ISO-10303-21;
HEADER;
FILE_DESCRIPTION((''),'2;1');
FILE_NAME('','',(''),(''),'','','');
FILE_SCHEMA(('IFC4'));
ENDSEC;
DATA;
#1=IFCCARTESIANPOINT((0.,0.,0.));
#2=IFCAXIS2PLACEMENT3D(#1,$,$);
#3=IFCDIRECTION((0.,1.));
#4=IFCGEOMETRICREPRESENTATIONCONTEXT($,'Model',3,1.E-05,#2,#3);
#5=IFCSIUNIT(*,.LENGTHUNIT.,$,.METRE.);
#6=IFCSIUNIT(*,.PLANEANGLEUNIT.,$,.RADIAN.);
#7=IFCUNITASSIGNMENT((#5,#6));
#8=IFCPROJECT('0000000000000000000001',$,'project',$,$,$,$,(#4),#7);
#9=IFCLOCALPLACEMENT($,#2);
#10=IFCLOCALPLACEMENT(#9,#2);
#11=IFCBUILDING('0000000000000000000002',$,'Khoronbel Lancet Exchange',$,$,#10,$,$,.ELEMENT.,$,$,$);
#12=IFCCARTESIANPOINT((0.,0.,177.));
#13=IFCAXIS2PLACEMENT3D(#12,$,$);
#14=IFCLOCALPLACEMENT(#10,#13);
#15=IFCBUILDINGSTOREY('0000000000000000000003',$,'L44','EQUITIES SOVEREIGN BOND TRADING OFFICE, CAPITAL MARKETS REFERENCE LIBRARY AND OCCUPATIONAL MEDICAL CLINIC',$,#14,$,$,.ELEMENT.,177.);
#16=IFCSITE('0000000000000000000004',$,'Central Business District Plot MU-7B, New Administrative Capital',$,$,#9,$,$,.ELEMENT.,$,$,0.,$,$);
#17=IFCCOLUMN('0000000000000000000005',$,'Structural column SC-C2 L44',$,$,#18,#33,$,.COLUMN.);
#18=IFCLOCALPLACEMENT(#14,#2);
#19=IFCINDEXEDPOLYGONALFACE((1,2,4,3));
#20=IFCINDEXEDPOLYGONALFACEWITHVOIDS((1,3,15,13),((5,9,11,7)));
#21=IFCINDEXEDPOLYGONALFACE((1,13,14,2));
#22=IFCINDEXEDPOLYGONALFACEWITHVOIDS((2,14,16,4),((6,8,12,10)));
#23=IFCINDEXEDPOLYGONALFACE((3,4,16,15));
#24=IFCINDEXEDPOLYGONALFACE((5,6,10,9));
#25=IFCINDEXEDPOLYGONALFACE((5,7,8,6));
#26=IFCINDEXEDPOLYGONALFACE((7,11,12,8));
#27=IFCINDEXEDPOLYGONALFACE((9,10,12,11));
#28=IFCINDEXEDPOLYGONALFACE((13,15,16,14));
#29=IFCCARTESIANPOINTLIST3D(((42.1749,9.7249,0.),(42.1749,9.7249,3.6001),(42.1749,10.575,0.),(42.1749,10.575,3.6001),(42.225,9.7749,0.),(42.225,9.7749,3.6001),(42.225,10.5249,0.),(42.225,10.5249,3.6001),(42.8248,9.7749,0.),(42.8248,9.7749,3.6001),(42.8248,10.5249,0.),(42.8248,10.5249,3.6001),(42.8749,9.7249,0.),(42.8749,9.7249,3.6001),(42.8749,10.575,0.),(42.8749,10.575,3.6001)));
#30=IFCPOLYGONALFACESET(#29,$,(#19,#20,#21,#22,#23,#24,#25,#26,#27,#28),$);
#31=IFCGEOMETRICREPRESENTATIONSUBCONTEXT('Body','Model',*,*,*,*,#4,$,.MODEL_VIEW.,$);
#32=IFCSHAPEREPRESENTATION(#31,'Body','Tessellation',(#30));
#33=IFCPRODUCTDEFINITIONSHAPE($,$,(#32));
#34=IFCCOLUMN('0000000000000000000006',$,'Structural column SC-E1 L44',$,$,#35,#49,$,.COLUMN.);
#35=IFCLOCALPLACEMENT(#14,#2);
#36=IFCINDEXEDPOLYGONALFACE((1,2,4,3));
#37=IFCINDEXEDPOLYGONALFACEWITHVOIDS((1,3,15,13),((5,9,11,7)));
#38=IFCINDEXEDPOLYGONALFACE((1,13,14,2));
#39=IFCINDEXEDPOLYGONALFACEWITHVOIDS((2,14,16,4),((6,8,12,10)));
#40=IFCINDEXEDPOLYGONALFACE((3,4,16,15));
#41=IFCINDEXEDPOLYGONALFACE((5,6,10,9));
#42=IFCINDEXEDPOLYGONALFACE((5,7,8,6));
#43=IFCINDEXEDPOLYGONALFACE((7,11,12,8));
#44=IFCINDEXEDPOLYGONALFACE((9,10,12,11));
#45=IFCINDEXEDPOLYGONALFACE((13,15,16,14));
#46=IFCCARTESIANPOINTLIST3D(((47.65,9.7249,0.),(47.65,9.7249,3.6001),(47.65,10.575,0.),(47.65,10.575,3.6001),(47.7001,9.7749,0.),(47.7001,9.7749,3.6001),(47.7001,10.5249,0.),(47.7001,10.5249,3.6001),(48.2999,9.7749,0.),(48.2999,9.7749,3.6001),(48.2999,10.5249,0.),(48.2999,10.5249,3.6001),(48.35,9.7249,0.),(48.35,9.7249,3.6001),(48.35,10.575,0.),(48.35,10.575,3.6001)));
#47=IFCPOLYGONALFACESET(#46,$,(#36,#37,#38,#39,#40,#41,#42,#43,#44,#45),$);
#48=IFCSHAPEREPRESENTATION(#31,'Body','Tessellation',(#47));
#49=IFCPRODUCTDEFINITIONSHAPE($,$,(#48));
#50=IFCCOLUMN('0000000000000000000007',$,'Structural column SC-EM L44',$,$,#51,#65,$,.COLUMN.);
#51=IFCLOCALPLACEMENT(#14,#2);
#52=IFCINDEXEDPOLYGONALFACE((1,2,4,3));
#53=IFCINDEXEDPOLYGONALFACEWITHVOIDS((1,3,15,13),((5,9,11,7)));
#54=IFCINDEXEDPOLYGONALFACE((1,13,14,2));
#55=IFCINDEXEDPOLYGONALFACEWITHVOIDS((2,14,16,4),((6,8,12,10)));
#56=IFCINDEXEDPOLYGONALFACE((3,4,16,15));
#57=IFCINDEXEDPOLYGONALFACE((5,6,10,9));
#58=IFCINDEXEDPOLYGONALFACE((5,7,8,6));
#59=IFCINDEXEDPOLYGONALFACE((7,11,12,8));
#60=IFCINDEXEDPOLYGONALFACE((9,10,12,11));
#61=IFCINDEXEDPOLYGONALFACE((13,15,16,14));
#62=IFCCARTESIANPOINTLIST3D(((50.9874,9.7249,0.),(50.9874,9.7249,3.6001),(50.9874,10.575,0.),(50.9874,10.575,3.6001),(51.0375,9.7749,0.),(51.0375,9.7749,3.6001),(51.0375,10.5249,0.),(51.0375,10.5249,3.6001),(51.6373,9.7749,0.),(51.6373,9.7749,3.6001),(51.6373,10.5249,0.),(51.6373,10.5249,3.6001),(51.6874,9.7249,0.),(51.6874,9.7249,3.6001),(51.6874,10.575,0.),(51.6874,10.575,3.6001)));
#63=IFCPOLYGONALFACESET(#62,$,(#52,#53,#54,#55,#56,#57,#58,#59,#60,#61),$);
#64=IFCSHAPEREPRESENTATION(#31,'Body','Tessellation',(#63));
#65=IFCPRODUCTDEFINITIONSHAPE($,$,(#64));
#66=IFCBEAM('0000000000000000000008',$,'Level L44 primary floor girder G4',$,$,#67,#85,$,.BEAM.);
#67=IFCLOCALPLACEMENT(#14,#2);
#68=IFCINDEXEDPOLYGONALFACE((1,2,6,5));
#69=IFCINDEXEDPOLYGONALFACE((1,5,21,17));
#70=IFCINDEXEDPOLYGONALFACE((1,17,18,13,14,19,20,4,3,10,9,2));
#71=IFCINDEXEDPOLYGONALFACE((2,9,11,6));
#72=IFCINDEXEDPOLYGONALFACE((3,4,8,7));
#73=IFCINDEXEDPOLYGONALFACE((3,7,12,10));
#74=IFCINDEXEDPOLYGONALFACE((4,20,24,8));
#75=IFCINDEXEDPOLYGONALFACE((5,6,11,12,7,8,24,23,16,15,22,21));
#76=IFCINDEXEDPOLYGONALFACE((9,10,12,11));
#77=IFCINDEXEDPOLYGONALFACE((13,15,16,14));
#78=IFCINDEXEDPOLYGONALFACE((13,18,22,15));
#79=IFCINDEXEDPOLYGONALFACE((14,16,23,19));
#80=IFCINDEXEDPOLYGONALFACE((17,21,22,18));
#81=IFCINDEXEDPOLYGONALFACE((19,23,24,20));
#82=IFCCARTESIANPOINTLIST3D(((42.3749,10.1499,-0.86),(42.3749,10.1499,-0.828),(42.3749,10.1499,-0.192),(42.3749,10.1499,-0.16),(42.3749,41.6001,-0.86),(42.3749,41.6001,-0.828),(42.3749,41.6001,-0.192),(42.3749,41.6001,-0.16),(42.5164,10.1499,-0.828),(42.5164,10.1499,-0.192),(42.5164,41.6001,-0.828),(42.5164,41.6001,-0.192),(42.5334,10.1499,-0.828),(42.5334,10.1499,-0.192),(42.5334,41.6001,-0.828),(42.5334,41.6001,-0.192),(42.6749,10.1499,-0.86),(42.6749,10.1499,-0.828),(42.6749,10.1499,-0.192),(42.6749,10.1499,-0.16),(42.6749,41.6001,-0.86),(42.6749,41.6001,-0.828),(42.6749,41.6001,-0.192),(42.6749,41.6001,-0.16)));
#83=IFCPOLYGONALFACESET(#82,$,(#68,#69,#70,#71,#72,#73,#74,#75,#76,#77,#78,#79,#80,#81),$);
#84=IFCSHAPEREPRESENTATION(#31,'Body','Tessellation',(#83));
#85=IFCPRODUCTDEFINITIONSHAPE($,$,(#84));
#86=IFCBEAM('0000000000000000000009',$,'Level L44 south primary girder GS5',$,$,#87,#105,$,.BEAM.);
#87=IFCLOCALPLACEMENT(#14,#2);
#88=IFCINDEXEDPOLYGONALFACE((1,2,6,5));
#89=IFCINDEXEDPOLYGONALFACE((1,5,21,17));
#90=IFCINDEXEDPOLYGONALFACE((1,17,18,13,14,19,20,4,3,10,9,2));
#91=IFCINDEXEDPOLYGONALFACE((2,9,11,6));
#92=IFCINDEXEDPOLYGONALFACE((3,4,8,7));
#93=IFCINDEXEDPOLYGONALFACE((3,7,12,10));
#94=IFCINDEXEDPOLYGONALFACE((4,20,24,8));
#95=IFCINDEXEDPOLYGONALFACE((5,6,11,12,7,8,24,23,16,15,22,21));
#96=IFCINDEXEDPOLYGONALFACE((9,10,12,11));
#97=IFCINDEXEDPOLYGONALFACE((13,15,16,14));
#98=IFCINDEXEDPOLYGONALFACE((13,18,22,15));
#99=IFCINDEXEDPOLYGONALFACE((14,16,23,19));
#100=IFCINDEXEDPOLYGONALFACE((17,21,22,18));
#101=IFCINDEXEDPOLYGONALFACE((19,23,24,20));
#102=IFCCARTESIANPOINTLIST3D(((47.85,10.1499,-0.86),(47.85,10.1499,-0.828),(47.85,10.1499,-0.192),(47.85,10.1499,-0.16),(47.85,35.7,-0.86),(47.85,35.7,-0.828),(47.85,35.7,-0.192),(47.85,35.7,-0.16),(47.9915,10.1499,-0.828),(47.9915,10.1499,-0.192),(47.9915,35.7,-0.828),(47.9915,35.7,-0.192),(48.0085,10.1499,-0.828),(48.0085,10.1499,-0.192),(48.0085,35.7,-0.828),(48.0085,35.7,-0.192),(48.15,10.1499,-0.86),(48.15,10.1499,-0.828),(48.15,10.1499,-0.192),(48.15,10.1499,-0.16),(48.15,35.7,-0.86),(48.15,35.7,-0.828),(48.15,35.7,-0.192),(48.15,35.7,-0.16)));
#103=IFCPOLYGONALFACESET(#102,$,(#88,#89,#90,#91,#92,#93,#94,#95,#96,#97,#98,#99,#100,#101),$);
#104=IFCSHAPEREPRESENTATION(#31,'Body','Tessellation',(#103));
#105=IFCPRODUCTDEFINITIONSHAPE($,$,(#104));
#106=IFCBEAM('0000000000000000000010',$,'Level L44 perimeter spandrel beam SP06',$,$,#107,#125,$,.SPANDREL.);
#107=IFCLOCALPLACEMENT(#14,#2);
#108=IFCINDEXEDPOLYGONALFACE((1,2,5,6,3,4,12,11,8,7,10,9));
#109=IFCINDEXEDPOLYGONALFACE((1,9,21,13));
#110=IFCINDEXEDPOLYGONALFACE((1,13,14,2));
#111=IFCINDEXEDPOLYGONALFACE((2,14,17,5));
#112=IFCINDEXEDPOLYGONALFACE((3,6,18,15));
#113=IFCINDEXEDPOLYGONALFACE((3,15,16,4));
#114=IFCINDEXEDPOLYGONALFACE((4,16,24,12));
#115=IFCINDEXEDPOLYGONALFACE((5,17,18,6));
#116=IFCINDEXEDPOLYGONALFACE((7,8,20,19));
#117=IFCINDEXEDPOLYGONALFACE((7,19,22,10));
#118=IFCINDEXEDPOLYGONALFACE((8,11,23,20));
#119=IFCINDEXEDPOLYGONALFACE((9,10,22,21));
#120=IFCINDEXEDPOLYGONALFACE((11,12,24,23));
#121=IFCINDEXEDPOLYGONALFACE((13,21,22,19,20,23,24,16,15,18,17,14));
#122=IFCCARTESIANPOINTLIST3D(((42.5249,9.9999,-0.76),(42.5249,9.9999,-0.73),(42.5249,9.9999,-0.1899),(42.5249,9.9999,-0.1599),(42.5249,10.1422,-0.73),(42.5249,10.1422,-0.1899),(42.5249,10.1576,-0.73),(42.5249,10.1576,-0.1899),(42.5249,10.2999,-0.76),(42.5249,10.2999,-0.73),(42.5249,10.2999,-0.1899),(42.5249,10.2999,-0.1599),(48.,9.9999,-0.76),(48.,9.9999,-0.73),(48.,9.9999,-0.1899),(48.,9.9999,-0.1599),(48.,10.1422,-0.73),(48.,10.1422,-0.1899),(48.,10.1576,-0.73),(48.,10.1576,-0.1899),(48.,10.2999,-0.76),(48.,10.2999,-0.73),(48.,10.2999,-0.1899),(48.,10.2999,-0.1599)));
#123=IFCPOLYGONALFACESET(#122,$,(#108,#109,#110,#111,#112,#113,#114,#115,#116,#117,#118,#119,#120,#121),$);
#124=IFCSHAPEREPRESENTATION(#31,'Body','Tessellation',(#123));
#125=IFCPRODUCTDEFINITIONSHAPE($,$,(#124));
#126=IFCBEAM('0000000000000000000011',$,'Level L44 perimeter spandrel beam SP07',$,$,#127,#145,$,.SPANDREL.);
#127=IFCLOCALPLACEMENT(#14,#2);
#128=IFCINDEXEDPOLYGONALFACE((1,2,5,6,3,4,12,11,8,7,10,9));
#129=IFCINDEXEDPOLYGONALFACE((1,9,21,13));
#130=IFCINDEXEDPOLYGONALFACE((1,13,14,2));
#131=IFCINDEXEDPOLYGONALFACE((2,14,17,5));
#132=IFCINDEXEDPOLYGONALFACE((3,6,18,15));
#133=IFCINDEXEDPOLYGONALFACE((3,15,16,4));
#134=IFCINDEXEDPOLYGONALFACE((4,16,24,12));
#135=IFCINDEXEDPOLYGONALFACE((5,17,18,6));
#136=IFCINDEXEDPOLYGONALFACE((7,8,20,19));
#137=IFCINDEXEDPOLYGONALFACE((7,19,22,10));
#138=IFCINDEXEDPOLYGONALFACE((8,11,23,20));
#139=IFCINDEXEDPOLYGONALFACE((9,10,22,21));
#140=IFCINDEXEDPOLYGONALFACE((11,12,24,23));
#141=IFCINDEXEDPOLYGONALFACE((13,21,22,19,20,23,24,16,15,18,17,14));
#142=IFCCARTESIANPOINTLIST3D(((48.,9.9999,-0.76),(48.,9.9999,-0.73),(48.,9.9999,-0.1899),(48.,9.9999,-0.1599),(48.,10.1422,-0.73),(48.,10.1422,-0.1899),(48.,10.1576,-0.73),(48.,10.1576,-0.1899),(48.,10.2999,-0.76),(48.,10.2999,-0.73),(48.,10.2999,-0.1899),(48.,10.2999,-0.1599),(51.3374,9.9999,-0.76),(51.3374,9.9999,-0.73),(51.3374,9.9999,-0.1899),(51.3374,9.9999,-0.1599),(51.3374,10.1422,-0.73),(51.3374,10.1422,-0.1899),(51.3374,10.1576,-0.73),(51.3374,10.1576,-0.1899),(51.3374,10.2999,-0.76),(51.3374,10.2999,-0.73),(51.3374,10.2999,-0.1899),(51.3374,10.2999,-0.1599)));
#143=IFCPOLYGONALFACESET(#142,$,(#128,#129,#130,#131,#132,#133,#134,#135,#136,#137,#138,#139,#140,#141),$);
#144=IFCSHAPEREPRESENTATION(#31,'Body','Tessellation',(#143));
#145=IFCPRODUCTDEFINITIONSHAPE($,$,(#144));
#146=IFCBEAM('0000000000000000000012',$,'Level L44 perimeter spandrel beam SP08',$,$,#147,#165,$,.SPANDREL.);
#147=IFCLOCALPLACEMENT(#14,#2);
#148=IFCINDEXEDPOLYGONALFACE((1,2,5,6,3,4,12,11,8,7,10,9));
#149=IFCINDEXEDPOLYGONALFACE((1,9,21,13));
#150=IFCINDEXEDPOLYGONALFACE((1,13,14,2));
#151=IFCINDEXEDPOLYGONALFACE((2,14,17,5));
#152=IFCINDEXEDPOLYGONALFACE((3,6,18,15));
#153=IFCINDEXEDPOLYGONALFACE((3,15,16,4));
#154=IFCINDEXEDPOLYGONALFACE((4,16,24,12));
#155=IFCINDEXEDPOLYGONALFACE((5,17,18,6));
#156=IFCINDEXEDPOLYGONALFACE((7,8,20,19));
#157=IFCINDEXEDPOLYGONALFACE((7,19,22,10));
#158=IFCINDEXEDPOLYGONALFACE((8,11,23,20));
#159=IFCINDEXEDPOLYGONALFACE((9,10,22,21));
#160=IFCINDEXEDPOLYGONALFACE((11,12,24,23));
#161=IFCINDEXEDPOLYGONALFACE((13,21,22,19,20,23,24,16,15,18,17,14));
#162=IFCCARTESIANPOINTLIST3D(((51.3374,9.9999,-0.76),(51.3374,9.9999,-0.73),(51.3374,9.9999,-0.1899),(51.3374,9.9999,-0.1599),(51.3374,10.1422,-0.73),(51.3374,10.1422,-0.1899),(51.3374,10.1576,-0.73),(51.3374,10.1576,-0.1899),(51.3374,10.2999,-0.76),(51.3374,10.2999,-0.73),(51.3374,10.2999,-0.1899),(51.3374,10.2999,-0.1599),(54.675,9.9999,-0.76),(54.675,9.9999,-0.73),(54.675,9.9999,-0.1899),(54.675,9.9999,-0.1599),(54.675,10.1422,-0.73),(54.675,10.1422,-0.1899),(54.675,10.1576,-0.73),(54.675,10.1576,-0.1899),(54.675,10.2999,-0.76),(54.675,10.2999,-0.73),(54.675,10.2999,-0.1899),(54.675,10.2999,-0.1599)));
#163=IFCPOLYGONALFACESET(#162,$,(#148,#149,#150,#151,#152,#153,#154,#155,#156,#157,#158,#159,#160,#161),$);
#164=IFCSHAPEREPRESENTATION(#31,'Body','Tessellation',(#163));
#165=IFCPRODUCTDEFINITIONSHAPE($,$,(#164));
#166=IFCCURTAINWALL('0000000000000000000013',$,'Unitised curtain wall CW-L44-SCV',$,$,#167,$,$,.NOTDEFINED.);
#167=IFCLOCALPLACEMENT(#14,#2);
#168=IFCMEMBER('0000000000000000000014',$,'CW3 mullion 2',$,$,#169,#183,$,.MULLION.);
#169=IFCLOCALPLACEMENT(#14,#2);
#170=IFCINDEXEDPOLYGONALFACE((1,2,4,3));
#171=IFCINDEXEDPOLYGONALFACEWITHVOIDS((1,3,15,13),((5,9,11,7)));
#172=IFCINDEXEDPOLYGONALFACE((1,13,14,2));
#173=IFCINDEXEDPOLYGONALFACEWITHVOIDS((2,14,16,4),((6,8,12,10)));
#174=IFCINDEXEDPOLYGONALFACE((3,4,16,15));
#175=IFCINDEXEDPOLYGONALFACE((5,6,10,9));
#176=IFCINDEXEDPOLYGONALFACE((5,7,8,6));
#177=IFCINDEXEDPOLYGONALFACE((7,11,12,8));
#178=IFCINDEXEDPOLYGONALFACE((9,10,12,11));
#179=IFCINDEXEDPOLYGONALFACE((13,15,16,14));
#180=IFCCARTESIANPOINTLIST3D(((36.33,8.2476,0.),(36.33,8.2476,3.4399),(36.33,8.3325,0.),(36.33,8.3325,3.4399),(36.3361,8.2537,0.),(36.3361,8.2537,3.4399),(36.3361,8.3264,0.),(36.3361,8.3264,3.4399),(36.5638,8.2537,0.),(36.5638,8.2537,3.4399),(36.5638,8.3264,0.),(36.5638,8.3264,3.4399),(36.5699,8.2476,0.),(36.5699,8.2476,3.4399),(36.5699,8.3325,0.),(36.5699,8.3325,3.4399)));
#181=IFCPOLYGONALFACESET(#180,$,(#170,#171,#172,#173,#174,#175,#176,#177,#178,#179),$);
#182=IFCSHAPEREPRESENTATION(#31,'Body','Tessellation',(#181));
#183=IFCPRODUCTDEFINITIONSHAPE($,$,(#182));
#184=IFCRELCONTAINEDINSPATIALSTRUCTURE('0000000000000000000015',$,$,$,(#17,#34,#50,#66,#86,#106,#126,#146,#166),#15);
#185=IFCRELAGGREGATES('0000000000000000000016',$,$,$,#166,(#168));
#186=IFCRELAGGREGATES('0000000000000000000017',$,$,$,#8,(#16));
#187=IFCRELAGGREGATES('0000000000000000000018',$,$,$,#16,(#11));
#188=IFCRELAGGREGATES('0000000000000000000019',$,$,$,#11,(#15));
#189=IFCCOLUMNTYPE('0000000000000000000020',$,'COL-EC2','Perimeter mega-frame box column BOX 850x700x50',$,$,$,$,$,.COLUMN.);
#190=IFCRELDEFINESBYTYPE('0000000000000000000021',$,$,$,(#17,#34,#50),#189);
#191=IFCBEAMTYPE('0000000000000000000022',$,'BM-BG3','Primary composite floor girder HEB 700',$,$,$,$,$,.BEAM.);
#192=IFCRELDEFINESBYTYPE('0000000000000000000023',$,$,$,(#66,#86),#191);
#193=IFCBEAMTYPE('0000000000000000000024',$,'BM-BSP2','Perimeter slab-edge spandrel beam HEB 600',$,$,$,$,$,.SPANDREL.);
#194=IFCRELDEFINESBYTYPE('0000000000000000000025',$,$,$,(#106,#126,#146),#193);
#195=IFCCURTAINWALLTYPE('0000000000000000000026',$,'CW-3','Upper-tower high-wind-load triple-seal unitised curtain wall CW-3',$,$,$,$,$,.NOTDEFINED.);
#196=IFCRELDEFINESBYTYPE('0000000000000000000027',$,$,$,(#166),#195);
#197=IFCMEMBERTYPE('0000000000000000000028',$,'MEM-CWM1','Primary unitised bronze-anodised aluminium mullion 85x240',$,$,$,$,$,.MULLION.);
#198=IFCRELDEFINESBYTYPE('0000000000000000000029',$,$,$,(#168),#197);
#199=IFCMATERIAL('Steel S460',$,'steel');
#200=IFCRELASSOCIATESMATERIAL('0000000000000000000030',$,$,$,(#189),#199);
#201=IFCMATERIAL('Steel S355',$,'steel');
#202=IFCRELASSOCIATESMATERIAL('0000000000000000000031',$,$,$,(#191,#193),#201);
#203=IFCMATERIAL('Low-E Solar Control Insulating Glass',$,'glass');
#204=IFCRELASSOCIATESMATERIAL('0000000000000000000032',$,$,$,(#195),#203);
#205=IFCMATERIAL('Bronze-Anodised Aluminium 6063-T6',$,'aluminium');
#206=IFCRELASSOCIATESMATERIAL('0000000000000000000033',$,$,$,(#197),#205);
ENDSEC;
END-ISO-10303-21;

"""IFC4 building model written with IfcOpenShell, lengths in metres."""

from ifc_helpers import new_model, si_unit, direction, frame, origin, origin_2d, place, context, subcontext, project, spatial, hollow_rectangle, i_section, extrude, material, material_profile, profile_set, type_object, element, aggregate, save


model = new_model("IFC4")

# Units and contexts
model_context = context("Model", 3, precision=1e-05, world=origin(), true_north=direction((0.0, 1.0)))
body_context = subcontext(model_context, "Body", "Model", "MODEL_VIEW")
ifc_project = project(units=[si_unit("LENGTHUNIT", "METRE"), si_unit("PLANEANGLEUNIT", "RADIAN")], contexts=[model_context])

# Site, building, storey
site_placement = place(None, origin())
site = spatial("IfcSite", under=ifc_project, at=site_placement, Name="Central Business District Plot MU-7B, New Administrative Capital", CompositionType="ELEMENT", RefElevation=0.0)
building_placement = place(site_placement, origin())
building = spatial("IfcBuilding", under=site, at=building_placement, Name="Khoronbel Lancet Exchange", CompositionType="ELEMENT")
storey_placement = place(building_placement, frame((0.0, 0.0, 177.0)))
storey = spatial("IfcBuildingStorey", under=building, at=storey_placement, Name="L44", Description="EQUITIES SOVEREIGN BOND TRADING OFFICE, CAPITAL MARKETS REFERENCE LIBRARY AND OCCUPATIONAL MEDICAL CLINIC", CompositionType="ELEMENT", Elevation=177.0)

# Columns
ifc_material_1 = material(Name="Steel S460", Category="steel")
ifc_material_profile_1 = material_profile(ifc_material_1, hollow_rectangle(XDim=0.7, YDim=0.8501, WallThickness=0.05, at=origin_2d()), Name="BOX 850x700x50")
ifc_profile_set_1 = profile_set([ifc_material_profile_1], Name="Steel S460")
column_type = type_object("IfcColumnType", Name="COL-EC2", Description="Perimeter mega-frame box column BOX 850x700x50", PredefinedType="COLUMN", material=ifc_profile_set_1)
for number, where, z_axis, x_axis, name in (
    (1, (42.5249, 10.1499, 0.0), (0.0, 0.0, 1.0), (1.0, 0.0, 0.0), "Structural column SC-C2 L44"),
    (2, (48.0, 10.1499, 0.0), (0.0, 0.0, 1.0), (1.0, 0.0, 0.0), "Structural column SC-E1 L44"),
    (3, (51.3374, 10.1499, 0.0), (0.0, 0.0, 1.0), (1.0, 0.0, 0.0), "Structural column SC-EM L44"),
):
    element("IfcColumn", number, at=place(storey_placement, frame(where, z_axis=z_axis, x_axis=x_axis)), inside=storey, type_object=column_type, Name=name, PredefinedType="COLUMN", context=body_context, shape_type="SweptSolid", body=[
        extrude(hollow_rectangle(XDim=0.7, YDim=0.8501, WallThickness=0.05, at=origin_2d()), origin(), (0.0, 0.0, 1.0), 3.6001),
    ])

# Beams
ifc_material_2 = material(Name="Steel S355", Category="steel")
ifc_material_profile_2 = material_profile(ifc_material_2, i_section(OverallWidth=0.3, OverallDepth=0.7, WebThickness=0.0171, FlangeThickness=0.032, at=origin_2d()), Name="HEB 700")
ifc_profile_set_2 = profile_set([ifc_material_profile_2], Name="Steel S355")
beam_type_1 = type_object("IfcBeamType", Name="BM-BG3", Description="Primary composite floor girder HEB 700", PredefinedType="BEAM", material=ifc_profile_set_2)
beam_1_placement = place(storey_placement, frame((42.5249, 10.1499, -0.51), z_axis=(0.0, 1.0, 0.0), x_axis=(-1.0, 0.0, 0.0)))
element("IfcBeam", 4, at=beam_1_placement, inside=storey, type_object=beam_type_1, Name="Level L44 primary floor girder G4", PredefinedType="BEAM", context=body_context, shape_type="SweptSolid", body=[
    extrude(i_section(OverallWidth=0.3, OverallDepth=0.7, WebThickness=0.0171, FlangeThickness=0.032, at=origin_2d()), origin(), (0.0, 0.0, 1.0), 31.4502),
])
beam_2_placement = place(storey_placement, frame((48.0, 10.1499, -0.51), z_axis=(0.0, 1.0, 0.0), x_axis=(-1.0, 0.0, 0.0)))
element("IfcBeam", 5, at=beam_2_placement, inside=storey, type_object=beam_type_1, Name="Level L44 south primary girder GS5", PredefinedType="BEAM", context=body_context, shape_type="SweptSolid", body=[
    extrude(i_section(OverallWidth=0.3, OverallDepth=0.7, WebThickness=0.0171, FlangeThickness=0.032, at=origin_2d()), origin(), (0.0, 0.0, 1.0), 25.55),
])
ifc_material_profile_3 = material_profile(ifc_material_2, i_section(OverallWidth=0.3, OverallDepth=0.6001, WebThickness=0.0154, FlangeThickness=0.03, at=origin_2d()), Name="HEB 600")
ifc_profile_set_3 = profile_set([ifc_material_profile_3], Name="Steel S355")
beam_type_2 = type_object("IfcBeamType", Name="BM-BSP2", Description="Perimeter slab-edge spandrel beam HEB 600", PredefinedType="SPANDREL", material=ifc_profile_set_3)
beam_3_placement = place(storey_placement, frame((42.5249, 10.1499, -0.46), z_axis=(1.0, 0.0, 0.0), x_axis=(0.0, 1.0, 0.0)))
element("IfcBeam", 6, at=beam_3_placement, inside=storey, type_object=beam_type_2, Name="Level L44 perimeter spandrel beam SP06", PredefinedType="SPANDREL", context=body_context, shape_type="SweptSolid", body=[
    extrude(i_section(OverallWidth=0.3, OverallDepth=0.6001, WebThickness=0.0154, FlangeThickness=0.03, at=origin_2d()), origin(), (0.0, 0.0, 1.0), 5.4751),
])
beam_4_placement = place(storey_placement, frame((48.0, 10.1499, -0.46), z_axis=(1.0, 0.0, 0.0), x_axis=(0.0, 1.0, 0.0)))
element("IfcBeam", 7, at=beam_4_placement, inside=storey, type_object=beam_type_2, Name="Level L44 perimeter spandrel beam SP07", PredefinedType="SPANDREL", context=body_context, shape_type="SweptSolid", body=[
    extrude(i_section(OverallWidth=0.3, OverallDepth=0.6001, WebThickness=0.0154, FlangeThickness=0.03, at=origin_2d()), origin(), (0.0, 0.0, 1.0), 3.3374),
])
beam_5_placement = place(storey_placement, frame((51.3374, 10.1499, -0.46), z_axis=(1.0, 0.0, 0.0), x_axis=(0.0, 1.0, 0.0)))
element("IfcBeam", 8, at=beam_5_placement, inside=storey, type_object=beam_type_2, Name="Level L44 perimeter spandrel beam SP08", PredefinedType="SPANDREL", context=body_context, shape_type="SweptSolid", body=[
    extrude(i_section(OverallWidth=0.3, OverallDepth=0.6001, WebThickness=0.0154, FlangeThickness=0.03, at=origin_2d()), origin(), (0.0, 0.0, 1.0), 3.3376),
])

# Curtain wall, member
ifc_material_3 = material(Name="Low-E Solar Control Insulating Glass", Category="glass")
curtain_wall_type = type_object("IfcCurtainWallType", Name="CW-3", Description="Upper-tower high-wind-load triple-seal unitised curtain wall CW-3", PredefinedType="NOTDEFINED", material=ifc_material_3)
curtain_wall_1_placement = place(storey_placement, origin())
curtain_wall_1 = element("IfcCurtainWall", 9, at=curtain_wall_1_placement, inside=storey, type_object=curtain_wall_type, Name="Unitised curtain wall CW-L44-SCV", PredefinedType="NOTDEFINED")
ifc_material_4 = material(Name="Bronze-Anodised Aluminium 6063-T6", Category="aluminium")
ifc_material_profile_4 = material_profile(ifc_material_4, hollow_rectangle(XDim=0.085, YDim=0.24, WallThickness=0.0061, at=origin_2d()), Name="ALU MULLION 85x240")
ifc_profile_set_4 = profile_set([ifc_material_profile_4], Name="Bronze-Anodised Aluminium 6063-T6")
member_type_1 = type_object("IfcMemberType", Name="MEM-CWM1", Description="Primary unitised bronze-anodised aluminium mullion 85x240", PredefinedType="MULLION", material=ifc_profile_set_4)
member_1_placement = place(storey_placement, frame((36.45, 8.29, 0.0), z_axis=(0.0, 0.0, 1.0), x_axis=(0.0, 1.0, 0.0)))
member_1 = element("IfcMember", 10, at=member_1_placement, type_object=member_type_1, Name="CW3 mullion 2", PredefinedType="MULLION", context=body_context, shape_type="SweptSolid", body=[
    extrude(hollow_rectangle(XDim=0.085, YDim=0.24, WallThickness=0.0061, at=origin_2d()), origin(), (0.0, 0.0, 1.0), 3.4399),
])

aggregate(curtain_wall_1, [member_1])

save(model, "model.ifc")
